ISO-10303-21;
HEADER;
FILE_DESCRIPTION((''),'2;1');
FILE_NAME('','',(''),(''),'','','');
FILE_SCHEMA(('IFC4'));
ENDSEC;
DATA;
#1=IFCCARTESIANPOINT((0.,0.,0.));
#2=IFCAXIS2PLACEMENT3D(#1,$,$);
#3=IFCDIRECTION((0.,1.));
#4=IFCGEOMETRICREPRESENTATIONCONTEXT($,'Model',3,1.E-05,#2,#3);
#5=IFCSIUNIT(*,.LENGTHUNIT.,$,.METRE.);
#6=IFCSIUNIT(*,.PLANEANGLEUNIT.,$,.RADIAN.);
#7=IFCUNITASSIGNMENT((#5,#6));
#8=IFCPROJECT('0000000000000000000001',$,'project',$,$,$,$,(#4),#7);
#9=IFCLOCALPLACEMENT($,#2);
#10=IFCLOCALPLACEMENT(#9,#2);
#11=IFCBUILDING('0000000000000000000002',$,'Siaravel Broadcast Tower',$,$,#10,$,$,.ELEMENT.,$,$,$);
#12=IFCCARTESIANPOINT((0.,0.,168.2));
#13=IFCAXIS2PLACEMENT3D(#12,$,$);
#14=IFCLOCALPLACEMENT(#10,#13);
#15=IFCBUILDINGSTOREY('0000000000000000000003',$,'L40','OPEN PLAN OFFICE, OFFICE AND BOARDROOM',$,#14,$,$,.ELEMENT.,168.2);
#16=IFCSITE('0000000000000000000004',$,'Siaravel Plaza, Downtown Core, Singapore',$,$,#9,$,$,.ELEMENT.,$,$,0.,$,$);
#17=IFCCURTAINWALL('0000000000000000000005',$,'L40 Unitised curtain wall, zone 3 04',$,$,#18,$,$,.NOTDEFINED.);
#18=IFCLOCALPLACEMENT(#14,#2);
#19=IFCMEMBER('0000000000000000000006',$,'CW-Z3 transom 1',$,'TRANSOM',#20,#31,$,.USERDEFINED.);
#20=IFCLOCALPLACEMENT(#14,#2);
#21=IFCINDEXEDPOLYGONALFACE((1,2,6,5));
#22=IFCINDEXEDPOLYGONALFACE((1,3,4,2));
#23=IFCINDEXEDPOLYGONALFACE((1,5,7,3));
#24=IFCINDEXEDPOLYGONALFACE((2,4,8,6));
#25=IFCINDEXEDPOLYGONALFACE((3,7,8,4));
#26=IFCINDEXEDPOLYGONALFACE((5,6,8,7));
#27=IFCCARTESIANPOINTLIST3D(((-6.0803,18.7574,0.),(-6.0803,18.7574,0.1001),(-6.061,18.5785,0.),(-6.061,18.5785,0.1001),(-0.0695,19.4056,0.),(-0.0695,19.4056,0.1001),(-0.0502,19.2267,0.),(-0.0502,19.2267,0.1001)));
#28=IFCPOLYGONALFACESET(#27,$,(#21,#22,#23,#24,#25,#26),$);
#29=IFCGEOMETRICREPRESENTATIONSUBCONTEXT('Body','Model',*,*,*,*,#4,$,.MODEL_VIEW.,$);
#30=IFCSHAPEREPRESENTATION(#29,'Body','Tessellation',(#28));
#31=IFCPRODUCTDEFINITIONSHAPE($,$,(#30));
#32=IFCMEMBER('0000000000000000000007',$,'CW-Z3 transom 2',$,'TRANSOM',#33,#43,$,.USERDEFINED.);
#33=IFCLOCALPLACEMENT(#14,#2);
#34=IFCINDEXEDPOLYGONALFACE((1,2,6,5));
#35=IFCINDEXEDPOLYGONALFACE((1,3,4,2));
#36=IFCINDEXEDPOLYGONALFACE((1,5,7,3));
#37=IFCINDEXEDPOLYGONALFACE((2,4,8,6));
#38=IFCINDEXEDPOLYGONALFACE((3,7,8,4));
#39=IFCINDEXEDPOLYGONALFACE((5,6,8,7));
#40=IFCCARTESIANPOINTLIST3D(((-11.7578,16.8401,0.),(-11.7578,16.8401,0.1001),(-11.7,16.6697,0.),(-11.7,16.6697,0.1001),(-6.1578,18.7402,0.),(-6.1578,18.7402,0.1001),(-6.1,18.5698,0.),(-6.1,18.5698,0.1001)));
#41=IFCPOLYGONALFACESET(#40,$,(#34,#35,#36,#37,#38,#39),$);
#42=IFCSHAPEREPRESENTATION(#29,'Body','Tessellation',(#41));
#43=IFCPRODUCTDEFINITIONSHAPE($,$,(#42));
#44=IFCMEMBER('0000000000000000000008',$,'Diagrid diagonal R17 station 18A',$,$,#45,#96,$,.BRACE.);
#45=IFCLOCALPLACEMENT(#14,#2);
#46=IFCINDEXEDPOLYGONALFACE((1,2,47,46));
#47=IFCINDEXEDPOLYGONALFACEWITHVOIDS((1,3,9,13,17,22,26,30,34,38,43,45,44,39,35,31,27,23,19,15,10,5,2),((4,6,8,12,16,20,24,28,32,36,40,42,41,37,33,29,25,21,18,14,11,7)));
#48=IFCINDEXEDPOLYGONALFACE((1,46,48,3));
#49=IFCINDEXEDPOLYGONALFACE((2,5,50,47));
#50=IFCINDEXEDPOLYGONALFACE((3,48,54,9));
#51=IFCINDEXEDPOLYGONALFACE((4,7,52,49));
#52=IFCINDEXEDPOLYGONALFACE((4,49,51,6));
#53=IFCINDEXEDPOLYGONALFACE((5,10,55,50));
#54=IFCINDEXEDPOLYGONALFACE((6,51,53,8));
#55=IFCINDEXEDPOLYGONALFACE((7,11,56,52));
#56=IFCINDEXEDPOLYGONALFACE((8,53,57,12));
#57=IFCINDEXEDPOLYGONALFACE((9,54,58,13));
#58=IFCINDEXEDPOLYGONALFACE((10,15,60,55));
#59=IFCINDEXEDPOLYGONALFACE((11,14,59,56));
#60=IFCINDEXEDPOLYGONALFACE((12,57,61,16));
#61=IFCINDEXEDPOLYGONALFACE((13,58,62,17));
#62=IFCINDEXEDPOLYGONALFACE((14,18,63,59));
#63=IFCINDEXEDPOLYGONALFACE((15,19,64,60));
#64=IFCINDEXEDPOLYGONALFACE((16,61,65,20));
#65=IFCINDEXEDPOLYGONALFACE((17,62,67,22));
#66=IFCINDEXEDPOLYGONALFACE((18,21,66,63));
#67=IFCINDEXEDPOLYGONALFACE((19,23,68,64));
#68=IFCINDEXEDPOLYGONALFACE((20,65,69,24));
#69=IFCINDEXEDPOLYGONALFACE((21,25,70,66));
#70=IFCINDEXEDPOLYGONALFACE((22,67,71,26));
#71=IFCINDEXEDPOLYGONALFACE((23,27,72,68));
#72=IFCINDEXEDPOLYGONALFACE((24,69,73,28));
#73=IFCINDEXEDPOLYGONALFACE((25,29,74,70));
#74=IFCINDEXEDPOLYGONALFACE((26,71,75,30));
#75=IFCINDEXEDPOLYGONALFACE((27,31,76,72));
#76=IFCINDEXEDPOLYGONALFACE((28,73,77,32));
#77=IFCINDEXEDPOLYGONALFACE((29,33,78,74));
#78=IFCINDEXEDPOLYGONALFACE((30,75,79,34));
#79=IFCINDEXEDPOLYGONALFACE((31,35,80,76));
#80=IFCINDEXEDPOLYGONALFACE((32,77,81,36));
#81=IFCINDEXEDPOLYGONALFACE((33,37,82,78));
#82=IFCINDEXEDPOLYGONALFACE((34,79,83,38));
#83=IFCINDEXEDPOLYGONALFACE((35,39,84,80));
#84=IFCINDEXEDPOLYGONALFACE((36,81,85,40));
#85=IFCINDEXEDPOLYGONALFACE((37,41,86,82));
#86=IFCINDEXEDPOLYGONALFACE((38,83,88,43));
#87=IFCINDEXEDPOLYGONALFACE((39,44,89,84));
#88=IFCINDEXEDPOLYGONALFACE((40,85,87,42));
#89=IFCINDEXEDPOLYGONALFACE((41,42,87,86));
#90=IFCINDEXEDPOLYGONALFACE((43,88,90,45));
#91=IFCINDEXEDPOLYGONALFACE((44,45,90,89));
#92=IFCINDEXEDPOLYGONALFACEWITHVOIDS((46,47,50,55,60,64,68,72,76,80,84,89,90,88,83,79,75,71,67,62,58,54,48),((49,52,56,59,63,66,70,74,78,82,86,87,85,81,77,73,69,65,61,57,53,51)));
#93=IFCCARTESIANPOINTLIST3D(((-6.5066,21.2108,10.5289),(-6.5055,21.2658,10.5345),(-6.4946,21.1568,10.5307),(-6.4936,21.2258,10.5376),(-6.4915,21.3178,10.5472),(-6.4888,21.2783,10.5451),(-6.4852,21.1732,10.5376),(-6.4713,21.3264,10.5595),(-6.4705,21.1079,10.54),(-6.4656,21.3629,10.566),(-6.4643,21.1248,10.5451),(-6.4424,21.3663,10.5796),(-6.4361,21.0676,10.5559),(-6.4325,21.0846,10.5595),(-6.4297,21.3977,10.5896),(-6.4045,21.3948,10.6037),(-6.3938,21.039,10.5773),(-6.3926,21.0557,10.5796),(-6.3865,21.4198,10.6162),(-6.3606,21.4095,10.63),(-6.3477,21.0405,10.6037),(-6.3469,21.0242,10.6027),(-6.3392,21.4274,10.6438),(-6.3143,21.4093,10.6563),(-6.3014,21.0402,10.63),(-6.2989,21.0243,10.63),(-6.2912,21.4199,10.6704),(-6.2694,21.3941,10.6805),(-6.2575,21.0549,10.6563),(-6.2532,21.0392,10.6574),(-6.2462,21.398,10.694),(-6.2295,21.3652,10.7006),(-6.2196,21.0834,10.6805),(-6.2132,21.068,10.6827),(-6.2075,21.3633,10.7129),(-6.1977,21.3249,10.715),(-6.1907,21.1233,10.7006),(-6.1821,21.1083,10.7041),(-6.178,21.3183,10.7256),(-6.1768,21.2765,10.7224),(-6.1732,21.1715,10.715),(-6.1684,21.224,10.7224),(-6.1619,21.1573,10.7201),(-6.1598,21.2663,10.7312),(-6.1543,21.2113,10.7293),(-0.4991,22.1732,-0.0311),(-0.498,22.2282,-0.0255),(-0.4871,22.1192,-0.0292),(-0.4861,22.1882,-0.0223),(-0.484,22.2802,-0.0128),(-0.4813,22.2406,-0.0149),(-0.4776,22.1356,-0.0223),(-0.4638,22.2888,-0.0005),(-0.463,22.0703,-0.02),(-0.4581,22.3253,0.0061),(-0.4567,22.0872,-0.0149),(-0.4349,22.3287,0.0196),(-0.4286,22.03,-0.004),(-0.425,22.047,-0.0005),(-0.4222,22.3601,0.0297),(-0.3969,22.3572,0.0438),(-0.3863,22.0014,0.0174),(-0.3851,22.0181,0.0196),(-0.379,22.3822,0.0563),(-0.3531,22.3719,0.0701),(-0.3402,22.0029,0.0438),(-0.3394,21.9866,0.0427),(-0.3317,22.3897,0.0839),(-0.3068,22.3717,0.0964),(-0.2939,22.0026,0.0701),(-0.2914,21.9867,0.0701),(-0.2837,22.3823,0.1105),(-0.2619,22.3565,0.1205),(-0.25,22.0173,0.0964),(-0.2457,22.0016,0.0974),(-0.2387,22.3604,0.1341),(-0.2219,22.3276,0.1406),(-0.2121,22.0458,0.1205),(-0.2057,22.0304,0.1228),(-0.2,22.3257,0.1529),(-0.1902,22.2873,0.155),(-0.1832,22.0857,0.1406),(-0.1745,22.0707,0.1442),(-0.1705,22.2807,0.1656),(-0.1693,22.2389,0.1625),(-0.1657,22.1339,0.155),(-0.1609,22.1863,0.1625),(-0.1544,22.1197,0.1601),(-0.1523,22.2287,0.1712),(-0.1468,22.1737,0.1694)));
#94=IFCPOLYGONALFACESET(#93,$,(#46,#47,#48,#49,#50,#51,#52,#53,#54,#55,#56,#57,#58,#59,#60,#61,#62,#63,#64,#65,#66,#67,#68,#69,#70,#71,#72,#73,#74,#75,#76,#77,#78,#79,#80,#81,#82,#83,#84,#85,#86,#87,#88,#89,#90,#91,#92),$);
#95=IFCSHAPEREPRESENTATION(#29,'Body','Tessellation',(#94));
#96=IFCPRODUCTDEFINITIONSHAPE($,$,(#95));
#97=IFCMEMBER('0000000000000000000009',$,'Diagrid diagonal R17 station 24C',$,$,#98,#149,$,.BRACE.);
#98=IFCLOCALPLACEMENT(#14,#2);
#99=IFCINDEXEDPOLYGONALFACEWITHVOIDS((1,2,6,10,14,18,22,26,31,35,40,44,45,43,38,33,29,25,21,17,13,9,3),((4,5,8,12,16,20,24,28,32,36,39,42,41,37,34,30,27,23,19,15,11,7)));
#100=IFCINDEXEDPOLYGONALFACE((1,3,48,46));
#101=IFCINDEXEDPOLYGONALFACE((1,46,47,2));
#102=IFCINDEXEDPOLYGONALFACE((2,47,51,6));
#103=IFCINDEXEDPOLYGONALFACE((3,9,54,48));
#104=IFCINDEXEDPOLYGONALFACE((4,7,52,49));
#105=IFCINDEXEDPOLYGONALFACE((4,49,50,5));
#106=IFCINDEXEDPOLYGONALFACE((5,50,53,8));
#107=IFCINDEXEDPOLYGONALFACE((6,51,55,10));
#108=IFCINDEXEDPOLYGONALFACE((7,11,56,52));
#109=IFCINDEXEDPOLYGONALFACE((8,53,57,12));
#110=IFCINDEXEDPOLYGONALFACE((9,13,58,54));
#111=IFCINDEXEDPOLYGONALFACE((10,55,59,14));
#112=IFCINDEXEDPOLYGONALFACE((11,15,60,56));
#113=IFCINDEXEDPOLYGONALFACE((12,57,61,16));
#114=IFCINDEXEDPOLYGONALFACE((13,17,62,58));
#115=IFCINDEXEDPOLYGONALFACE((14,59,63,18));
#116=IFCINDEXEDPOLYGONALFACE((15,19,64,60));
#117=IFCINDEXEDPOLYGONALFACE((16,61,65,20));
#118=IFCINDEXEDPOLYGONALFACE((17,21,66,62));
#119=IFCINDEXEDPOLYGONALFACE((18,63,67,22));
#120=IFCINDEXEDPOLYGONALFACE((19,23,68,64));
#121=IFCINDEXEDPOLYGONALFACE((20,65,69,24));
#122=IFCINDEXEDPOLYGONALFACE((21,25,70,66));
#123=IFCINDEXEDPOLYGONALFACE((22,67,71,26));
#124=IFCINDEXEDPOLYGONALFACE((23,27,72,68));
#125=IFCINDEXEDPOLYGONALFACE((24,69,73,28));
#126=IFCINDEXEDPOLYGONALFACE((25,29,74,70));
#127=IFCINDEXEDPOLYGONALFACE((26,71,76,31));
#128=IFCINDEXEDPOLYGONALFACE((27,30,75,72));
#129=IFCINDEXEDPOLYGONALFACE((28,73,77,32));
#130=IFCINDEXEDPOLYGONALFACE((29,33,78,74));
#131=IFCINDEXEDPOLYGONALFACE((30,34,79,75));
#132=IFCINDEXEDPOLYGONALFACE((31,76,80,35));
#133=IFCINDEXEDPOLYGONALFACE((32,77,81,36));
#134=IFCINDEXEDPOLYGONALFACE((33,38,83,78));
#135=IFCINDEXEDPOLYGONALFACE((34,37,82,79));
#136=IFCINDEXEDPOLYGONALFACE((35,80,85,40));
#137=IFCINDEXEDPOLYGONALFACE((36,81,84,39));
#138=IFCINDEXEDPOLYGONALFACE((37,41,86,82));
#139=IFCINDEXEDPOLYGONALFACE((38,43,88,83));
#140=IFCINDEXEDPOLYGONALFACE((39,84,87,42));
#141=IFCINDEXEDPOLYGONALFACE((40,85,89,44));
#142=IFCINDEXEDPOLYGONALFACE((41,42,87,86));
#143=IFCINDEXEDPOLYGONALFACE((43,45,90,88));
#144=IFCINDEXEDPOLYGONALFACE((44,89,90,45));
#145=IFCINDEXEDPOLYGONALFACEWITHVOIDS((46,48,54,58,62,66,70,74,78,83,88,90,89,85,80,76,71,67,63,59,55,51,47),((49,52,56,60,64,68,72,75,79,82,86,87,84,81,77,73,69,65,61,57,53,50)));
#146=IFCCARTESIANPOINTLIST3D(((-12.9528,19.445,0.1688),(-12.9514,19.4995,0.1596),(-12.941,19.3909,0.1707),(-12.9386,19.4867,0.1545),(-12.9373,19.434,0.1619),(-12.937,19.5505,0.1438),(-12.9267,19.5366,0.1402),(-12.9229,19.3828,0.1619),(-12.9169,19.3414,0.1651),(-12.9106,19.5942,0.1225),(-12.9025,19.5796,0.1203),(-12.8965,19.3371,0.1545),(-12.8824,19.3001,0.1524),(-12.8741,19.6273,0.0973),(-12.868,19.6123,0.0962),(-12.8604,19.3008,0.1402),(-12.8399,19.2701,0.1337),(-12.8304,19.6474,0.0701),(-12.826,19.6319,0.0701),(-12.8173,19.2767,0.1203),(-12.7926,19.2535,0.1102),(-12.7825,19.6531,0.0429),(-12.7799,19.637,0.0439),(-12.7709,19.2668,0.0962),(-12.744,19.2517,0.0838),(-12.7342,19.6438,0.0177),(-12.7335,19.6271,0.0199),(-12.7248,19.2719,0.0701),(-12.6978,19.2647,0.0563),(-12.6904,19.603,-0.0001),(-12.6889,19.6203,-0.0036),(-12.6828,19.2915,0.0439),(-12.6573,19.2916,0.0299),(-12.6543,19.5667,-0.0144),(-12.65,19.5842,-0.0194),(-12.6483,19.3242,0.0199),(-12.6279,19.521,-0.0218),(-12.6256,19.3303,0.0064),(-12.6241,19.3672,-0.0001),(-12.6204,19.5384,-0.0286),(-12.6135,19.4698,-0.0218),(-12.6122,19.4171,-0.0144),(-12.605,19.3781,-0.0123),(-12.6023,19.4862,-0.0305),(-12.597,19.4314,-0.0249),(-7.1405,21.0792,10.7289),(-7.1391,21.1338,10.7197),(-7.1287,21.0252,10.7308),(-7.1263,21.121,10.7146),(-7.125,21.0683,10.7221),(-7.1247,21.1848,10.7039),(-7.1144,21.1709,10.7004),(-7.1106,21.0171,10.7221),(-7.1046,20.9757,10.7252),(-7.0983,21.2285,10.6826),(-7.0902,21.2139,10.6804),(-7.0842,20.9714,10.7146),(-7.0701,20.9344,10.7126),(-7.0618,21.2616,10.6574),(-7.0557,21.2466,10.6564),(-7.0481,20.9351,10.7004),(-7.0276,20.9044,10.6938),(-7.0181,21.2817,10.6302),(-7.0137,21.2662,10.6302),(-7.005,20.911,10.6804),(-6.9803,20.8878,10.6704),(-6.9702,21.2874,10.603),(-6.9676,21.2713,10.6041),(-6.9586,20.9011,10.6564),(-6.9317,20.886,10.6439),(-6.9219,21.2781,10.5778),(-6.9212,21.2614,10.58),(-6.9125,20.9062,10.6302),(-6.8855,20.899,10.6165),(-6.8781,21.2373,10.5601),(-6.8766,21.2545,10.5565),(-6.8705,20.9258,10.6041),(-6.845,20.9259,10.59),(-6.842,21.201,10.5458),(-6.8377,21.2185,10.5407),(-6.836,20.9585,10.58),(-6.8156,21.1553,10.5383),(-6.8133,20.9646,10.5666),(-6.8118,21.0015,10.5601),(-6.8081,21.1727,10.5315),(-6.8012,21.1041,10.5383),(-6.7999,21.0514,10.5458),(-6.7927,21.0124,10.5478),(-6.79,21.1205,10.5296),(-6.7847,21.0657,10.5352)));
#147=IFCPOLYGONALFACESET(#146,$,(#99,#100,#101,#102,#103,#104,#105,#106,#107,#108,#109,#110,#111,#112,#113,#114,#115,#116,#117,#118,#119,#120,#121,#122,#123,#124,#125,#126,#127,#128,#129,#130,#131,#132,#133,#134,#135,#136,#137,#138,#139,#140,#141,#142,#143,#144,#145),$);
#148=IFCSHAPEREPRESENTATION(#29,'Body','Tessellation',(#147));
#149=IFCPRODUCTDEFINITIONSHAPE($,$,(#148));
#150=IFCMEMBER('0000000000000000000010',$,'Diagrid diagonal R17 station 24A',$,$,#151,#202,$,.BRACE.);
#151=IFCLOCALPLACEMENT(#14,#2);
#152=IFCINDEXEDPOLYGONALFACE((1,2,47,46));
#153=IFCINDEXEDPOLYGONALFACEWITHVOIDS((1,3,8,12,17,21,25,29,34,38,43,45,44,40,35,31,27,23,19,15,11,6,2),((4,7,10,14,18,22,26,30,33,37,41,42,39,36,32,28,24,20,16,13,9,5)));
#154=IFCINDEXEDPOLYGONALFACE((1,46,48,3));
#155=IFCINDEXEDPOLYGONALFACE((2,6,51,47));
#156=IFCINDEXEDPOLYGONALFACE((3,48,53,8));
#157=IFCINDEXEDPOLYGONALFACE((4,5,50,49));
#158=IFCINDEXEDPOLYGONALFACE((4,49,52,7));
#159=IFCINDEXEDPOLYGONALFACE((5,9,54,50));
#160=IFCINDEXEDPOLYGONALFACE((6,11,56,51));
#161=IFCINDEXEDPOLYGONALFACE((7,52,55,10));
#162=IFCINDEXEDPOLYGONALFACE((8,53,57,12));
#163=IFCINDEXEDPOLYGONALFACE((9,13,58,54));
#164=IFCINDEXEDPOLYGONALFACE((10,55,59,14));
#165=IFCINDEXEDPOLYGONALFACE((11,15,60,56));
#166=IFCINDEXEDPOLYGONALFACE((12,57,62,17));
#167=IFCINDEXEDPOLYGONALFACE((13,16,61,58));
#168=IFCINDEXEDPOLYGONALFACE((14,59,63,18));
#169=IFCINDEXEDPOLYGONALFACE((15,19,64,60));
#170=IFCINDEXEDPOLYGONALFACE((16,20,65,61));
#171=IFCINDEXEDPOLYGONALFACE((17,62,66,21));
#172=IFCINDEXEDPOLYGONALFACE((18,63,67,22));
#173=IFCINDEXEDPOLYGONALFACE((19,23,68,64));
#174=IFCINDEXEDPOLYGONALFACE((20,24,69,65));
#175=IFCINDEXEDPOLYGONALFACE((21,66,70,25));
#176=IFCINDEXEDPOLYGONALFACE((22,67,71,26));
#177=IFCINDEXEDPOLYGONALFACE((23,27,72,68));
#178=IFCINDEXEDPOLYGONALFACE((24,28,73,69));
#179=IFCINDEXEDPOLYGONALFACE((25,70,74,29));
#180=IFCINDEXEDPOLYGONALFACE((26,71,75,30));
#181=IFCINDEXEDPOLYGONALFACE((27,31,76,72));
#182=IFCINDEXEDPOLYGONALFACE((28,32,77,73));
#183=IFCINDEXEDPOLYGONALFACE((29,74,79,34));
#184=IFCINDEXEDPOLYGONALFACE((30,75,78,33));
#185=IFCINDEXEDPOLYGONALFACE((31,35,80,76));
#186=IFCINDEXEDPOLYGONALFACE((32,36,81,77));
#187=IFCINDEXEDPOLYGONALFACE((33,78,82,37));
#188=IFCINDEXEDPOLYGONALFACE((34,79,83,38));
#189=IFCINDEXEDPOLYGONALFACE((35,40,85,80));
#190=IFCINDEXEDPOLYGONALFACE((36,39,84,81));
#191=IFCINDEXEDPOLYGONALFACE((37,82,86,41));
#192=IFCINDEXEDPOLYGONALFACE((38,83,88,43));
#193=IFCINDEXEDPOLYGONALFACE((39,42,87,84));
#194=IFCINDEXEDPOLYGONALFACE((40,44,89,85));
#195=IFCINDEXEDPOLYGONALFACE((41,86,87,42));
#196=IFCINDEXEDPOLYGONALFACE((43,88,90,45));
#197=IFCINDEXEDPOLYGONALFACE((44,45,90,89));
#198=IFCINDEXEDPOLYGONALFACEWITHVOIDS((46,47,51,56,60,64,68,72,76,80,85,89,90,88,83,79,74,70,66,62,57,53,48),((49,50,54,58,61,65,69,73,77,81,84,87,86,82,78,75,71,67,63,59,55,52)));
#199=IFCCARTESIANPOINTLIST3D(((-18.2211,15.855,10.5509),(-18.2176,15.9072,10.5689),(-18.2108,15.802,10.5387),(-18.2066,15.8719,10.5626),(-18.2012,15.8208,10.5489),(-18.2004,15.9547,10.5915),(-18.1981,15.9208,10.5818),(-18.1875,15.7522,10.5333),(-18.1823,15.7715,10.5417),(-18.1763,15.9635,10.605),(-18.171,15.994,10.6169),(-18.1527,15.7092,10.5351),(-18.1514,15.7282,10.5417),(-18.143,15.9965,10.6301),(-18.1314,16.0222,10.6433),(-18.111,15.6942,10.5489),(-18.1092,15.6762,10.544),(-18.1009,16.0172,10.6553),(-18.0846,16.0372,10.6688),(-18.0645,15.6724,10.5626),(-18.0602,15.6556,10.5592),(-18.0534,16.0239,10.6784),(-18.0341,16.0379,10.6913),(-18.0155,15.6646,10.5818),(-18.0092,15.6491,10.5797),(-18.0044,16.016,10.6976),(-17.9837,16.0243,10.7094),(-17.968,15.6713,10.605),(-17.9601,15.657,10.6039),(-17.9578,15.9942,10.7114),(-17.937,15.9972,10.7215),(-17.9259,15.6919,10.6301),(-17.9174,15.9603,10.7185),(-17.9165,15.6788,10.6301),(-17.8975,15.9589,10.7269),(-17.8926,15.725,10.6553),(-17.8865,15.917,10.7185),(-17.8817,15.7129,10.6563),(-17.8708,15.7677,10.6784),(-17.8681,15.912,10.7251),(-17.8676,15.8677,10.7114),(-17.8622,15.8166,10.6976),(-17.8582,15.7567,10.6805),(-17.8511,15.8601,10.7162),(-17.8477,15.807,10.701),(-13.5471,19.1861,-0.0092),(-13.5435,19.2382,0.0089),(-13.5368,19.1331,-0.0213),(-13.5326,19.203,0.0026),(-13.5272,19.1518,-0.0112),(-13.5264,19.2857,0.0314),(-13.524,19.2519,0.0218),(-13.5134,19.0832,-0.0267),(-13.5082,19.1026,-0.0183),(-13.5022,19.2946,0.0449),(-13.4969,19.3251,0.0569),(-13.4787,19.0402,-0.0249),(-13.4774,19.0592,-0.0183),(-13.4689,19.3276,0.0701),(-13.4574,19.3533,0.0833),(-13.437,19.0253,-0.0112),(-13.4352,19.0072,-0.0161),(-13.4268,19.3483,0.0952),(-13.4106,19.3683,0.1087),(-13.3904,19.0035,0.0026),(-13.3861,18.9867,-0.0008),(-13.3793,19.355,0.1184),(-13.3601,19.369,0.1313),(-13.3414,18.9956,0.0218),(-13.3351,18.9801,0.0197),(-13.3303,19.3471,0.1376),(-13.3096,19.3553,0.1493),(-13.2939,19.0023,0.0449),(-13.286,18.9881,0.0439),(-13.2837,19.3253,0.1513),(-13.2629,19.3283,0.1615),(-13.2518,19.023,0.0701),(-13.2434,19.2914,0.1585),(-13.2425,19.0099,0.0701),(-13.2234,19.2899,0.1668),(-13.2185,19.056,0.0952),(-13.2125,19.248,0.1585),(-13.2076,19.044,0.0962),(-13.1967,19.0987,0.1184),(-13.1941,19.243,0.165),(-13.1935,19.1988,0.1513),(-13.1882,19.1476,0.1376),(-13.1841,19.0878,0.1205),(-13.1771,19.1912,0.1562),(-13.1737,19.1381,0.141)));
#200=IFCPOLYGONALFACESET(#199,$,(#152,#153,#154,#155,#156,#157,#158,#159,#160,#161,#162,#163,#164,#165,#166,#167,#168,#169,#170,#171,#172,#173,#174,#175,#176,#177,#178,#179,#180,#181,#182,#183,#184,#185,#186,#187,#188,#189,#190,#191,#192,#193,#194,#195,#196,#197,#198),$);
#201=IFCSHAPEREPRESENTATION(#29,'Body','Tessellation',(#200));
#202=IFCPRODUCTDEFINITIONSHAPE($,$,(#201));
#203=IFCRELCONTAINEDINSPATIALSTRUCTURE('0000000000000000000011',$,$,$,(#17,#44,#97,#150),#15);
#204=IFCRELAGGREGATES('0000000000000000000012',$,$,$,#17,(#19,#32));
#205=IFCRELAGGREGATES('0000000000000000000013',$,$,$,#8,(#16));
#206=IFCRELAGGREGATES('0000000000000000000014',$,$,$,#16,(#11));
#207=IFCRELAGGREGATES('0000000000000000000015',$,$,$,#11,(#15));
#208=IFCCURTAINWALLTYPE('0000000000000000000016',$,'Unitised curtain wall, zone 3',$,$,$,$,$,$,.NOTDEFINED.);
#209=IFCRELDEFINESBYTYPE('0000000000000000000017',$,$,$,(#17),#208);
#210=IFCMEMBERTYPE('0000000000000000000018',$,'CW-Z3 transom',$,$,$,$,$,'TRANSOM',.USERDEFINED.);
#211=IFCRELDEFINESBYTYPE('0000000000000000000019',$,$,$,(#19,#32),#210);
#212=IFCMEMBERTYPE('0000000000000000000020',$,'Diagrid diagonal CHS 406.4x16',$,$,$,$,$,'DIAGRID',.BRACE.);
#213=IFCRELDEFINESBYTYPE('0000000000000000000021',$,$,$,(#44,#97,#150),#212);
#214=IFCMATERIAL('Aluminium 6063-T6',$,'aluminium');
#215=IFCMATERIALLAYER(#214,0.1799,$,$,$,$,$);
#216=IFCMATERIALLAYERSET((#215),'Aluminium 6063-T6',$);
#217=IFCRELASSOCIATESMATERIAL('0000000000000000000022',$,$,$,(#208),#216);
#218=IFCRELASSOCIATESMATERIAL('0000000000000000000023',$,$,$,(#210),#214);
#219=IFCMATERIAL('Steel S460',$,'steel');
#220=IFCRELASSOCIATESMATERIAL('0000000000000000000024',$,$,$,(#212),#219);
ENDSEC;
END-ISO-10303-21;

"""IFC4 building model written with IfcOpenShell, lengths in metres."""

from ifc_helpers import new_model, si_unit, direction, frame, origin, origin_2d, place, context, subcontext, project, spatial, rectangle, hollow_circle, extrude, material, layer, layer_set, material_profile, profile_set, type_object, element, aggregate, save


model = new_model("IFC4")

# Units and contexts
model_context = context("Model", 3, precision=1e-05, world=origin(), true_north=direction((0.0, 1.0)))
body_context = subcontext(model_context, "Body", "Model", "MODEL_VIEW")
ifc_project = project(units=[si_unit("LENGTHUNIT", "METRE"), si_unit("PLANEANGLEUNIT", "RADIAN")], contexts=[model_context])

# Site, building, storey
site_placement = place(None, origin())
site = spatial("IfcSite", under=ifc_project, at=site_placement, Name="Siaravel Plaza, Downtown Core, Singapore", CompositionType="ELEMENT", RefElevation=0.0)
building_placement = place(site_placement, origin())
building = spatial("IfcBuilding", under=site, at=building_placement, Name="Siaravel Broadcast Tower", CompositionType="ELEMENT")
storey_placement = place(building_placement, frame((0.0, 0.0, 168.2)))
storey = spatial("IfcBuildingStorey", under=building, at=storey_placement, Name="L40", Description="OPEN PLAN OFFICE, OFFICE AND BOARDROOM", CompositionType="ELEMENT", Elevation=168.2)

# Curtain wall, members
ifc_material_1 = material(Name="Aluminium 6063-T6", Category="aluminium")
ifc_layer_1 = layer(ifc_material_1, 0.1799)
ifc_layer_set_1 = layer_set([ifc_layer_1], Name="Aluminium 6063-T6")
curtain_wall_type = type_object("IfcCurtainWallType", Name="Unitised curtain wall, zone 3", PredefinedType="NOTDEFINED", material=ifc_layer_set_1)
curtain_wall_placement = place(storey_placement, origin())
curtain_wall = element("IfcCurtainWall", 1, at=curtain_wall_placement, inside=storey, type_object=curtain_wall_type, Name="L40 Unitised curtain wall, zone 3 04", PredefinedType="NOTDEFINED")
ifc_material_profile_1 = material_profile(ifc_material_1, rectangle(XDim=0.1799, YDim=0.1001, at=origin_2d()))
ifc_profile_set_1 = profile_set([ifc_material_profile_1], Name="Aluminium 6063-T6")
member_type_1 = type_object("IfcMemberType", Name="CW-Z3 transom", ElementType="TRANSOM", PredefinedType="USERDEFINED", material=ifc_profile_set_1)
member_1_placement = place(storey_placement, frame((-0.0598, 19.3162, 0.05), z_axis=(-0.994236, -0.107218, 0.0), x_axis=(0.107218, -0.994236, 0.0)))
member_1 = element("IfcMember", 2, at=member_1_placement, type_object=member_type_1, Name="CW-Z3 transom 1", ObjectType="TRANSOM", PredefinedType="USERDEFINED", context=body_context, shape_type="SweptSolid", body=[
    extrude(rectangle(XDim=0.1799, YDim=0.1001, at=origin_2d()), origin(), (0.0, 0.0, 1.0), 6.0457),
])
member_2_placement = place(storey_placement, frame((-6.1289, 18.655, 0.05), z_axis=(-0.946973, -0.321314, 0.0), x_axis=(0.321314, -0.946973, 0.0)))
member_2 = element("IfcMember", 3, at=member_2_placement, type_object=member_type_1, Name="CW-Z3 transom 2", ObjectType="TRANSOM", PredefinedType="USERDEFINED", context=body_context, shape_type="SweptSolid", body=[
    extrude(rectangle(XDim=0.1799, YDim=0.1001, at=origin_2d()), origin(), (0.0, 0.0, 1.0), 5.9136),
])

# Members
ifc_material_2 = material(Name="Steel S460", Category="steel")
ifc_material_profile_2 = material_profile(ifc_material_2, hollow_circle(Radius=0.2031, WallThickness=0.0161, at=origin_2d()))
ifc_profile_set_2 = profile_set([ifc_material_profile_2], Name="Steel S460")
member_type_2 = type_object("IfcMemberType", Name="Diagrid diagonal CHS 406.4x16", ElementType="DIAGRID", PredefinedType="BRACE", material=ifc_profile_set_2)
member_3_placement = place(storey_placement, frame((-0.3235, 22.1873, 0.0701), z_axis=(-0.492934, -0.078967, 0.866476), x_axis=(0.158181, -0.98741, 0.0)))
element("IfcMember", 4, at=member_3_placement, inside=storey, type_object=member_type_2, Name="Diagrid diagonal R17 station 18A", PredefinedType="BRACE", context=body_context, shape_type="SweptSolid", body=[
    extrude(hollow_circle(Radius=0.2031, WallThickness=0.0161, at=origin_2d()), origin(), (0.0, 0.0, 1.0), 12.1873),
])
member_4_placement = place(storey_placement, frame((-12.7754, 19.4519, 0.0701), z_axis=(0.477816, 0.134351, 0.868125), x_axis=(-0.270681, 0.962669, 0.0)))
element("IfcMember", 5, at=member_4_placement, inside=storey, type_object=member_type_2, Name="Diagrid diagonal R17 station 24C", PredefinedType="BRACE", context=body_context, shape_type="SweptSolid", body=[
    extrude(hollow_circle(Radius=0.2031, WallThickness=0.0161, at=origin_2d()), origin(), (0.0, 0.0, 1.0), 12.1643),
])
member_5_placement = place(storey_placement, frame((-13.3604, 19.1753, 0.0701), z_axis=(-0.388888, -0.277148, 0.87861), x_axis=(0.580365, -0.814357, 0.0)))
element("IfcMember", 6, at=member_5_placement, inside=storey, type_object=member_type_2, Name="Diagrid diagonal R17 station 24A", PredefinedType="BRACE", context=body_context, shape_type="SweptSolid", body=[
    extrude(hollow_circle(Radius=0.2031, WallThickness=0.0161, at=origin_2d()), origin(), (0.0, 0.0, 1.0), 12.019),
])

aggregate(curtain_wall, [member_1, member_2])

save(model, "model.ifc")
